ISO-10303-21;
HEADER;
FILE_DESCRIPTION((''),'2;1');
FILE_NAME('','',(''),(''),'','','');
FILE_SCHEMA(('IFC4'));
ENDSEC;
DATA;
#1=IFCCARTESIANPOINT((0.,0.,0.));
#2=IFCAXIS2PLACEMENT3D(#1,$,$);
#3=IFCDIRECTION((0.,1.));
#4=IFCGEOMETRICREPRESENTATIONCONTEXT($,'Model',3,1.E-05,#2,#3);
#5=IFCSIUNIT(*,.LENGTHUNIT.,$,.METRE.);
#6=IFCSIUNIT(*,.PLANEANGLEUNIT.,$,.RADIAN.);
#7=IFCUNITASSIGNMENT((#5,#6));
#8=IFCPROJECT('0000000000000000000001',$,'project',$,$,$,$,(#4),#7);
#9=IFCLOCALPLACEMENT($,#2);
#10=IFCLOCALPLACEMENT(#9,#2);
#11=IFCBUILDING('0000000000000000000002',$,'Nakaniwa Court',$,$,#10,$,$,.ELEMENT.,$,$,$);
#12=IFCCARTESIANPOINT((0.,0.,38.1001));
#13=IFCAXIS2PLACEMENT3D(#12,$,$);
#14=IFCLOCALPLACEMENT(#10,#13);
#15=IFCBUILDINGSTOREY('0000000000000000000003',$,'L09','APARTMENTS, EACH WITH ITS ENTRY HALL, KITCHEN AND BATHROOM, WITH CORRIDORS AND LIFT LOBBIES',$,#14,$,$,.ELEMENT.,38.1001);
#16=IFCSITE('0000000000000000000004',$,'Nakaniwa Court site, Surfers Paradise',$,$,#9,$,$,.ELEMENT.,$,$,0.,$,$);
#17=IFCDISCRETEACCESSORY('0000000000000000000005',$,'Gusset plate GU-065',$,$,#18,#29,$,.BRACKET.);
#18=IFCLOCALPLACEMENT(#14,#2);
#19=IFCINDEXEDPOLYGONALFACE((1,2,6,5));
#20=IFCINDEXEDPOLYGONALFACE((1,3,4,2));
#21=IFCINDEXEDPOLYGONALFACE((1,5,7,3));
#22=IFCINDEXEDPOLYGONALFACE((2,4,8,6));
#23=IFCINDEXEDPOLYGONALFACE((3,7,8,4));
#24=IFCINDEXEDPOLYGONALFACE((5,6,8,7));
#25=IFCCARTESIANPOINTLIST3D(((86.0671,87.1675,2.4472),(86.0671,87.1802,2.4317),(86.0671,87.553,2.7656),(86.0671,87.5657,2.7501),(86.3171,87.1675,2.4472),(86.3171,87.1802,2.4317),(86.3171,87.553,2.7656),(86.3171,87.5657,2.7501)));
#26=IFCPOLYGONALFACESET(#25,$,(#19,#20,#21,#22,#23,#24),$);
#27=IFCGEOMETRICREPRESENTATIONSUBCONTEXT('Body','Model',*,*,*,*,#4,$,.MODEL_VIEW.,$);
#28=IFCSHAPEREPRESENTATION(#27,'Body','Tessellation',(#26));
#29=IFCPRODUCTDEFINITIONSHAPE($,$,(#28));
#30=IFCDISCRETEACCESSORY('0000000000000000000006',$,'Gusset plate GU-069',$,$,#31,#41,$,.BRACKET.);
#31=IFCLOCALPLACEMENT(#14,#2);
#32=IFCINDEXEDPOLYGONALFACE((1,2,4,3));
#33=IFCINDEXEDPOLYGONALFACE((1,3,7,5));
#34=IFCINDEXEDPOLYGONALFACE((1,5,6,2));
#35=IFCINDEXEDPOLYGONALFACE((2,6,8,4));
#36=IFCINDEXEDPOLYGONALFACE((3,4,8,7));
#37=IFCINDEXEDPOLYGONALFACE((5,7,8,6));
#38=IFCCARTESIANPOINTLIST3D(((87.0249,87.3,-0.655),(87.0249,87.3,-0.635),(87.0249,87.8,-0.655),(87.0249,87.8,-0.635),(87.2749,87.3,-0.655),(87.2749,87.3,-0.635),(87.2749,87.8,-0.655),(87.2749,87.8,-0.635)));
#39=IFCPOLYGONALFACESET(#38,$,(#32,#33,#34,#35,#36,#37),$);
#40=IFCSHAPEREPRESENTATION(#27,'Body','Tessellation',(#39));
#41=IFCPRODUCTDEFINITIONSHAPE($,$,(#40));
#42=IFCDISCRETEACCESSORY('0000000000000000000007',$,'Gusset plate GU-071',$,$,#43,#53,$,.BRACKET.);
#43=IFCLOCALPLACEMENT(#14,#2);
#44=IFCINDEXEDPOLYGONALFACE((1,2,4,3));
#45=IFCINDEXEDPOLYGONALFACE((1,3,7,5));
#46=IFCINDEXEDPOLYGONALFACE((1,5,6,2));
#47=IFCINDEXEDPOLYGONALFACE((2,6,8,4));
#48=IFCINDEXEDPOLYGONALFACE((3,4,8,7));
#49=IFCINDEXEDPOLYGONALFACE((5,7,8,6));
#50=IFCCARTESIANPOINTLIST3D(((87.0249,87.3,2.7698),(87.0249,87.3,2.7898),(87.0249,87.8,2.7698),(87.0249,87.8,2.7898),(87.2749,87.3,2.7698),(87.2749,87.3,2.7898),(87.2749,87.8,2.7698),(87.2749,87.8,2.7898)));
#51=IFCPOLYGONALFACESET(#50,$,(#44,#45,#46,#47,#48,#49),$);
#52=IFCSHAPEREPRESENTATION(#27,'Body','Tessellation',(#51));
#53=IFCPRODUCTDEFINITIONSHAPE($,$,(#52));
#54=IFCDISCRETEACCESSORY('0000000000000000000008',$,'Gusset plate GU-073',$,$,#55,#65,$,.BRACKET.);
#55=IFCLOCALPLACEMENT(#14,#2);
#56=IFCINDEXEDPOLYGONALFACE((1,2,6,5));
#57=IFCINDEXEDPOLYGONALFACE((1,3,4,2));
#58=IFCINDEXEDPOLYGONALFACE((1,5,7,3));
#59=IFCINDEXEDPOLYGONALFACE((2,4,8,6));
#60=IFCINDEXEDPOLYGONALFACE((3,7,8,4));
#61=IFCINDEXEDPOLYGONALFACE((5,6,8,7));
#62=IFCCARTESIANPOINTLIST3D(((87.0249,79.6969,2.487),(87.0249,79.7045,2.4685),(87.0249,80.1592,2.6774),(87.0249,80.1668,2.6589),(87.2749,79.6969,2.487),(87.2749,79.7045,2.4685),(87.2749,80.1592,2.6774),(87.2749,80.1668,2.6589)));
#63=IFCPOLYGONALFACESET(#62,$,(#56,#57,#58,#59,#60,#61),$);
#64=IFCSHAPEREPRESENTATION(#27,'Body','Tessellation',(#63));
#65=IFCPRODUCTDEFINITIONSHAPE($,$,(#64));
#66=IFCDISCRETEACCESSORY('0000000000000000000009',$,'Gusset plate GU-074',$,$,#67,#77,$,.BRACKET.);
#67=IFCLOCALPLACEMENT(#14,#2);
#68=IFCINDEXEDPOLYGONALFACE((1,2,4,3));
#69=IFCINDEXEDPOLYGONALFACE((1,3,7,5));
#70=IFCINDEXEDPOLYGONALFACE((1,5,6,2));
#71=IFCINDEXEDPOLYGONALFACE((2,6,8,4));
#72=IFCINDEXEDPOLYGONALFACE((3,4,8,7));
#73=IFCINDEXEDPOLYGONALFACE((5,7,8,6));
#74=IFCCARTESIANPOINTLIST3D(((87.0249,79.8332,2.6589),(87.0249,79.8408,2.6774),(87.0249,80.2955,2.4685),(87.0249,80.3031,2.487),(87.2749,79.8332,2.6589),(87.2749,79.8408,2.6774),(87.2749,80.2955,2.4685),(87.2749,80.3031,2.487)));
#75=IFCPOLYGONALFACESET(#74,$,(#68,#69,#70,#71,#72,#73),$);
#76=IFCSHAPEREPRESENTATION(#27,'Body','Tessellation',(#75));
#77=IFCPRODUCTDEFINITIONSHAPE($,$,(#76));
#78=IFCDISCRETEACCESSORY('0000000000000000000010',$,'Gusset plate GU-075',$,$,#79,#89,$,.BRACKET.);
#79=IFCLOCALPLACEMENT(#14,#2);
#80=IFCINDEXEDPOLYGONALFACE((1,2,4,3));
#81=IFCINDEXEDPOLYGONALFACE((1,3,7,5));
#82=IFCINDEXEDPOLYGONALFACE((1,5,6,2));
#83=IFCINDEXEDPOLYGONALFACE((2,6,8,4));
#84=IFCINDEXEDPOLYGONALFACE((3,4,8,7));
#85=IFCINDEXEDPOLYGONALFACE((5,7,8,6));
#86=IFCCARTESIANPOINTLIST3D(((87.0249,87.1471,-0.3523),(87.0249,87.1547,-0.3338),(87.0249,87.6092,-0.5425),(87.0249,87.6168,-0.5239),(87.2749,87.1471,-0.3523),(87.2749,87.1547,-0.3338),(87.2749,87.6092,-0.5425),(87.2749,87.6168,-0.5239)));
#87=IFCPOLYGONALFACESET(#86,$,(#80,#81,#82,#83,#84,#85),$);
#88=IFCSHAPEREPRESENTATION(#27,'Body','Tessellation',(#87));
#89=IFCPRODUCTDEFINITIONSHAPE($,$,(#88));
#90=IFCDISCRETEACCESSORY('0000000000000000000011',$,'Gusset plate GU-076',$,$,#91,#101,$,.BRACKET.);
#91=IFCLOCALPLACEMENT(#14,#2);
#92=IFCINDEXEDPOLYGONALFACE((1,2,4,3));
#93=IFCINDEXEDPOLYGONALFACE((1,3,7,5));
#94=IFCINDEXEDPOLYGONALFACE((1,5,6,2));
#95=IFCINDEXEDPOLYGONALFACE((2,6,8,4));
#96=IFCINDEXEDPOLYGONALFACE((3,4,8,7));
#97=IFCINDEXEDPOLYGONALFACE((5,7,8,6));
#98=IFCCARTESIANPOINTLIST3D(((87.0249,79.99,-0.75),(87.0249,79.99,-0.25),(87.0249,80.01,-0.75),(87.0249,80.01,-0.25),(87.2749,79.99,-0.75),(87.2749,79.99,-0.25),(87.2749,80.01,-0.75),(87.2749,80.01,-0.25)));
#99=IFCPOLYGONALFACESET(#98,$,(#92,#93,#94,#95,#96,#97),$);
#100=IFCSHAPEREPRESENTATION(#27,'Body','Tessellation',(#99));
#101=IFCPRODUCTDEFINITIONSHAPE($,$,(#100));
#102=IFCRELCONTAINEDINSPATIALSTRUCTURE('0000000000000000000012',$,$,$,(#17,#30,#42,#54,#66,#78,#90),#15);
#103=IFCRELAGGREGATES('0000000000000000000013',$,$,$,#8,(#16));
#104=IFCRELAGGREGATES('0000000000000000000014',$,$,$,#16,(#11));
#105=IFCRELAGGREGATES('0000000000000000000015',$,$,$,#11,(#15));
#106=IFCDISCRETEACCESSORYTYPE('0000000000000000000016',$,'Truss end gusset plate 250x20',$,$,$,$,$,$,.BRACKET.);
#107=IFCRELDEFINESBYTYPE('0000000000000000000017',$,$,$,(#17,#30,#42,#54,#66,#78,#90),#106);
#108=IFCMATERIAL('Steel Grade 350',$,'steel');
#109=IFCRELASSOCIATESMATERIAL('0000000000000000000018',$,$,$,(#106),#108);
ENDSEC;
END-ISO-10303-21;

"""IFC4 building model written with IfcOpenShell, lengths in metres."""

from ifc_helpers import new_model, si_unit, direction, frame, origin, origin_2d, place, context, subcontext, project, spatial, rectangle, extrude, material, material_profile, profile_set, type_object, element, save


model = new_model("IFC4")

# Units and contexts
model_context = context("Model", 3, precision=1e-05, world=origin(), true_north=direction((0.0, 1.0)))
body_context = subcontext(model_context, "Body", "Model", "MODEL_VIEW")
ifc_project = project(units=[si_unit("LENGTHUNIT", "METRE"), si_unit("PLANEANGLEUNIT", "RADIAN")], contexts=[model_context])

# Site, building, storey
site_placement = place(None, origin())
site = spatial("IfcSite", under=ifc_project, at=site_placement, Name="Nakaniwa Court site, Surfers Paradise", CompositionType="ELEMENT", RefElevation=0.0)
building_placement = place(site_placement, origin())
building = spatial("IfcBuilding", under=site, at=building_placement, Name="Nakaniwa Court", CompositionType="ELEMENT")
storey_placement = place(building_placement, frame((0.0, 0.0, 38.1001)))
storey = spatial("IfcBuildingStorey", under=building, at=storey_placement, Name="L09", Description="APARTMENTS, EACH WITH ITS ENTRY HALL, KITCHEN AND BATHROOM, WITH CORRIDORS AND LIFT LOBBIES", CompositionType="ELEMENT", Elevation=38.1001)

# Shared definitions
ifc_material_1 = material(Name="Steel Grade 350", Category="steel")

# Discrete accessories
ifc_material_profile_1 = material_profile(ifc_material_1, rectangle(XDim=0.25, YDim=0.02, at=origin_2d()), Name="Truss end gusset plate 250x20")
ifc_profile_set_1 = profile_set([ifc_material_profile_1], Name="Steel Grade 350")
discrete_accessory_type = type_object("IfcDiscreteAccessoryType", Name="Truss end gusset plate 250x20", PredefinedType="BRACKET", material=ifc_profile_set_1)
for number, where, z_axis, x_axis, name in (
    (1, (86.1921, 87.1738, 2.4395), (0.0, 0.771056, 0.636768), (-1.0, 0.0, 0.0), "Gusset plate GU-065"),
    (2, (87.1499, 87.3, -0.645), (0.0, 1.0, 0.0), (-1.0, 0.0, 0.0), "Gusset plate GU-069"),
    (3, (87.1499, 87.3, 2.7798), (0.0, 1.0, 0.0), (-1.0, 0.0, 0.0), "Gusset plate GU-071"),
    (4, (87.1499, 79.7007, 2.4778), (0.0, 0.924658, 0.380799), (-1.0, 0.0, 0.0), "Gusset plate GU-073"),
    (5, (87.1499, 80.2993, 2.4778), (0.0, -0.924658, 0.380799), (1.0, 0.0, 0.0), "Gusset plate GU-074"),
):
    element("IfcDiscreteAccessory", number, at=place(storey_placement, frame(where, z_axis=z_axis, x_axis=x_axis)), inside=storey, type_object=discrete_accessory_type, Name=name, PredefinedType="BRACKET", context=body_context, shape_type="SweptSolid", body=[
        extrude(rectangle(XDim=0.25, YDim=0.02, at=origin_2d()), origin(), (0.0, 0.0, 1.0), 0.5),
    ])
discrete_accessory_1_placement = place(storey_placement, frame((87.1499, 87.1509, -0.343), z_axis=(0.0, 0.924759, -0.380553), x_axis=(-1.0, 0.0, 0.0)))
element("IfcDiscreteAccessory", 6, at=discrete_accessory_1_placement, inside=storey, type_object=discrete_accessory_type, Name="Gusset plate GU-075", PredefinedType="BRACKET", context=body_context, shape_type="SweptSolid", body=[
    extrude(rectangle(XDim=0.25, YDim=0.02, at=origin_2d()), origin(), (0.0, 0.0, 1.0), 0.4998),
])
discrete_accessory_2_placement = place(storey_placement, frame((87.1499, 80.0, -0.25), z_axis=(0.0, 0.0, -1.0), x_axis=(1.0, 0.0, 0.0)))
element("IfcDiscreteAccessory", 7, at=discrete_accessory_2_placement, inside=storey, type_object=discrete_accessory_type, Name="Gusset plate GU-076", PredefinedType="BRACKET", context=body_context, shape_type="SweptSolid", body=[
    extrude(rectangle(XDim=0.25, YDim=0.02, at=origin_2d()), origin(), (0.0, 0.0, 1.0), 0.5),
])

save(model, "model.ifc")
